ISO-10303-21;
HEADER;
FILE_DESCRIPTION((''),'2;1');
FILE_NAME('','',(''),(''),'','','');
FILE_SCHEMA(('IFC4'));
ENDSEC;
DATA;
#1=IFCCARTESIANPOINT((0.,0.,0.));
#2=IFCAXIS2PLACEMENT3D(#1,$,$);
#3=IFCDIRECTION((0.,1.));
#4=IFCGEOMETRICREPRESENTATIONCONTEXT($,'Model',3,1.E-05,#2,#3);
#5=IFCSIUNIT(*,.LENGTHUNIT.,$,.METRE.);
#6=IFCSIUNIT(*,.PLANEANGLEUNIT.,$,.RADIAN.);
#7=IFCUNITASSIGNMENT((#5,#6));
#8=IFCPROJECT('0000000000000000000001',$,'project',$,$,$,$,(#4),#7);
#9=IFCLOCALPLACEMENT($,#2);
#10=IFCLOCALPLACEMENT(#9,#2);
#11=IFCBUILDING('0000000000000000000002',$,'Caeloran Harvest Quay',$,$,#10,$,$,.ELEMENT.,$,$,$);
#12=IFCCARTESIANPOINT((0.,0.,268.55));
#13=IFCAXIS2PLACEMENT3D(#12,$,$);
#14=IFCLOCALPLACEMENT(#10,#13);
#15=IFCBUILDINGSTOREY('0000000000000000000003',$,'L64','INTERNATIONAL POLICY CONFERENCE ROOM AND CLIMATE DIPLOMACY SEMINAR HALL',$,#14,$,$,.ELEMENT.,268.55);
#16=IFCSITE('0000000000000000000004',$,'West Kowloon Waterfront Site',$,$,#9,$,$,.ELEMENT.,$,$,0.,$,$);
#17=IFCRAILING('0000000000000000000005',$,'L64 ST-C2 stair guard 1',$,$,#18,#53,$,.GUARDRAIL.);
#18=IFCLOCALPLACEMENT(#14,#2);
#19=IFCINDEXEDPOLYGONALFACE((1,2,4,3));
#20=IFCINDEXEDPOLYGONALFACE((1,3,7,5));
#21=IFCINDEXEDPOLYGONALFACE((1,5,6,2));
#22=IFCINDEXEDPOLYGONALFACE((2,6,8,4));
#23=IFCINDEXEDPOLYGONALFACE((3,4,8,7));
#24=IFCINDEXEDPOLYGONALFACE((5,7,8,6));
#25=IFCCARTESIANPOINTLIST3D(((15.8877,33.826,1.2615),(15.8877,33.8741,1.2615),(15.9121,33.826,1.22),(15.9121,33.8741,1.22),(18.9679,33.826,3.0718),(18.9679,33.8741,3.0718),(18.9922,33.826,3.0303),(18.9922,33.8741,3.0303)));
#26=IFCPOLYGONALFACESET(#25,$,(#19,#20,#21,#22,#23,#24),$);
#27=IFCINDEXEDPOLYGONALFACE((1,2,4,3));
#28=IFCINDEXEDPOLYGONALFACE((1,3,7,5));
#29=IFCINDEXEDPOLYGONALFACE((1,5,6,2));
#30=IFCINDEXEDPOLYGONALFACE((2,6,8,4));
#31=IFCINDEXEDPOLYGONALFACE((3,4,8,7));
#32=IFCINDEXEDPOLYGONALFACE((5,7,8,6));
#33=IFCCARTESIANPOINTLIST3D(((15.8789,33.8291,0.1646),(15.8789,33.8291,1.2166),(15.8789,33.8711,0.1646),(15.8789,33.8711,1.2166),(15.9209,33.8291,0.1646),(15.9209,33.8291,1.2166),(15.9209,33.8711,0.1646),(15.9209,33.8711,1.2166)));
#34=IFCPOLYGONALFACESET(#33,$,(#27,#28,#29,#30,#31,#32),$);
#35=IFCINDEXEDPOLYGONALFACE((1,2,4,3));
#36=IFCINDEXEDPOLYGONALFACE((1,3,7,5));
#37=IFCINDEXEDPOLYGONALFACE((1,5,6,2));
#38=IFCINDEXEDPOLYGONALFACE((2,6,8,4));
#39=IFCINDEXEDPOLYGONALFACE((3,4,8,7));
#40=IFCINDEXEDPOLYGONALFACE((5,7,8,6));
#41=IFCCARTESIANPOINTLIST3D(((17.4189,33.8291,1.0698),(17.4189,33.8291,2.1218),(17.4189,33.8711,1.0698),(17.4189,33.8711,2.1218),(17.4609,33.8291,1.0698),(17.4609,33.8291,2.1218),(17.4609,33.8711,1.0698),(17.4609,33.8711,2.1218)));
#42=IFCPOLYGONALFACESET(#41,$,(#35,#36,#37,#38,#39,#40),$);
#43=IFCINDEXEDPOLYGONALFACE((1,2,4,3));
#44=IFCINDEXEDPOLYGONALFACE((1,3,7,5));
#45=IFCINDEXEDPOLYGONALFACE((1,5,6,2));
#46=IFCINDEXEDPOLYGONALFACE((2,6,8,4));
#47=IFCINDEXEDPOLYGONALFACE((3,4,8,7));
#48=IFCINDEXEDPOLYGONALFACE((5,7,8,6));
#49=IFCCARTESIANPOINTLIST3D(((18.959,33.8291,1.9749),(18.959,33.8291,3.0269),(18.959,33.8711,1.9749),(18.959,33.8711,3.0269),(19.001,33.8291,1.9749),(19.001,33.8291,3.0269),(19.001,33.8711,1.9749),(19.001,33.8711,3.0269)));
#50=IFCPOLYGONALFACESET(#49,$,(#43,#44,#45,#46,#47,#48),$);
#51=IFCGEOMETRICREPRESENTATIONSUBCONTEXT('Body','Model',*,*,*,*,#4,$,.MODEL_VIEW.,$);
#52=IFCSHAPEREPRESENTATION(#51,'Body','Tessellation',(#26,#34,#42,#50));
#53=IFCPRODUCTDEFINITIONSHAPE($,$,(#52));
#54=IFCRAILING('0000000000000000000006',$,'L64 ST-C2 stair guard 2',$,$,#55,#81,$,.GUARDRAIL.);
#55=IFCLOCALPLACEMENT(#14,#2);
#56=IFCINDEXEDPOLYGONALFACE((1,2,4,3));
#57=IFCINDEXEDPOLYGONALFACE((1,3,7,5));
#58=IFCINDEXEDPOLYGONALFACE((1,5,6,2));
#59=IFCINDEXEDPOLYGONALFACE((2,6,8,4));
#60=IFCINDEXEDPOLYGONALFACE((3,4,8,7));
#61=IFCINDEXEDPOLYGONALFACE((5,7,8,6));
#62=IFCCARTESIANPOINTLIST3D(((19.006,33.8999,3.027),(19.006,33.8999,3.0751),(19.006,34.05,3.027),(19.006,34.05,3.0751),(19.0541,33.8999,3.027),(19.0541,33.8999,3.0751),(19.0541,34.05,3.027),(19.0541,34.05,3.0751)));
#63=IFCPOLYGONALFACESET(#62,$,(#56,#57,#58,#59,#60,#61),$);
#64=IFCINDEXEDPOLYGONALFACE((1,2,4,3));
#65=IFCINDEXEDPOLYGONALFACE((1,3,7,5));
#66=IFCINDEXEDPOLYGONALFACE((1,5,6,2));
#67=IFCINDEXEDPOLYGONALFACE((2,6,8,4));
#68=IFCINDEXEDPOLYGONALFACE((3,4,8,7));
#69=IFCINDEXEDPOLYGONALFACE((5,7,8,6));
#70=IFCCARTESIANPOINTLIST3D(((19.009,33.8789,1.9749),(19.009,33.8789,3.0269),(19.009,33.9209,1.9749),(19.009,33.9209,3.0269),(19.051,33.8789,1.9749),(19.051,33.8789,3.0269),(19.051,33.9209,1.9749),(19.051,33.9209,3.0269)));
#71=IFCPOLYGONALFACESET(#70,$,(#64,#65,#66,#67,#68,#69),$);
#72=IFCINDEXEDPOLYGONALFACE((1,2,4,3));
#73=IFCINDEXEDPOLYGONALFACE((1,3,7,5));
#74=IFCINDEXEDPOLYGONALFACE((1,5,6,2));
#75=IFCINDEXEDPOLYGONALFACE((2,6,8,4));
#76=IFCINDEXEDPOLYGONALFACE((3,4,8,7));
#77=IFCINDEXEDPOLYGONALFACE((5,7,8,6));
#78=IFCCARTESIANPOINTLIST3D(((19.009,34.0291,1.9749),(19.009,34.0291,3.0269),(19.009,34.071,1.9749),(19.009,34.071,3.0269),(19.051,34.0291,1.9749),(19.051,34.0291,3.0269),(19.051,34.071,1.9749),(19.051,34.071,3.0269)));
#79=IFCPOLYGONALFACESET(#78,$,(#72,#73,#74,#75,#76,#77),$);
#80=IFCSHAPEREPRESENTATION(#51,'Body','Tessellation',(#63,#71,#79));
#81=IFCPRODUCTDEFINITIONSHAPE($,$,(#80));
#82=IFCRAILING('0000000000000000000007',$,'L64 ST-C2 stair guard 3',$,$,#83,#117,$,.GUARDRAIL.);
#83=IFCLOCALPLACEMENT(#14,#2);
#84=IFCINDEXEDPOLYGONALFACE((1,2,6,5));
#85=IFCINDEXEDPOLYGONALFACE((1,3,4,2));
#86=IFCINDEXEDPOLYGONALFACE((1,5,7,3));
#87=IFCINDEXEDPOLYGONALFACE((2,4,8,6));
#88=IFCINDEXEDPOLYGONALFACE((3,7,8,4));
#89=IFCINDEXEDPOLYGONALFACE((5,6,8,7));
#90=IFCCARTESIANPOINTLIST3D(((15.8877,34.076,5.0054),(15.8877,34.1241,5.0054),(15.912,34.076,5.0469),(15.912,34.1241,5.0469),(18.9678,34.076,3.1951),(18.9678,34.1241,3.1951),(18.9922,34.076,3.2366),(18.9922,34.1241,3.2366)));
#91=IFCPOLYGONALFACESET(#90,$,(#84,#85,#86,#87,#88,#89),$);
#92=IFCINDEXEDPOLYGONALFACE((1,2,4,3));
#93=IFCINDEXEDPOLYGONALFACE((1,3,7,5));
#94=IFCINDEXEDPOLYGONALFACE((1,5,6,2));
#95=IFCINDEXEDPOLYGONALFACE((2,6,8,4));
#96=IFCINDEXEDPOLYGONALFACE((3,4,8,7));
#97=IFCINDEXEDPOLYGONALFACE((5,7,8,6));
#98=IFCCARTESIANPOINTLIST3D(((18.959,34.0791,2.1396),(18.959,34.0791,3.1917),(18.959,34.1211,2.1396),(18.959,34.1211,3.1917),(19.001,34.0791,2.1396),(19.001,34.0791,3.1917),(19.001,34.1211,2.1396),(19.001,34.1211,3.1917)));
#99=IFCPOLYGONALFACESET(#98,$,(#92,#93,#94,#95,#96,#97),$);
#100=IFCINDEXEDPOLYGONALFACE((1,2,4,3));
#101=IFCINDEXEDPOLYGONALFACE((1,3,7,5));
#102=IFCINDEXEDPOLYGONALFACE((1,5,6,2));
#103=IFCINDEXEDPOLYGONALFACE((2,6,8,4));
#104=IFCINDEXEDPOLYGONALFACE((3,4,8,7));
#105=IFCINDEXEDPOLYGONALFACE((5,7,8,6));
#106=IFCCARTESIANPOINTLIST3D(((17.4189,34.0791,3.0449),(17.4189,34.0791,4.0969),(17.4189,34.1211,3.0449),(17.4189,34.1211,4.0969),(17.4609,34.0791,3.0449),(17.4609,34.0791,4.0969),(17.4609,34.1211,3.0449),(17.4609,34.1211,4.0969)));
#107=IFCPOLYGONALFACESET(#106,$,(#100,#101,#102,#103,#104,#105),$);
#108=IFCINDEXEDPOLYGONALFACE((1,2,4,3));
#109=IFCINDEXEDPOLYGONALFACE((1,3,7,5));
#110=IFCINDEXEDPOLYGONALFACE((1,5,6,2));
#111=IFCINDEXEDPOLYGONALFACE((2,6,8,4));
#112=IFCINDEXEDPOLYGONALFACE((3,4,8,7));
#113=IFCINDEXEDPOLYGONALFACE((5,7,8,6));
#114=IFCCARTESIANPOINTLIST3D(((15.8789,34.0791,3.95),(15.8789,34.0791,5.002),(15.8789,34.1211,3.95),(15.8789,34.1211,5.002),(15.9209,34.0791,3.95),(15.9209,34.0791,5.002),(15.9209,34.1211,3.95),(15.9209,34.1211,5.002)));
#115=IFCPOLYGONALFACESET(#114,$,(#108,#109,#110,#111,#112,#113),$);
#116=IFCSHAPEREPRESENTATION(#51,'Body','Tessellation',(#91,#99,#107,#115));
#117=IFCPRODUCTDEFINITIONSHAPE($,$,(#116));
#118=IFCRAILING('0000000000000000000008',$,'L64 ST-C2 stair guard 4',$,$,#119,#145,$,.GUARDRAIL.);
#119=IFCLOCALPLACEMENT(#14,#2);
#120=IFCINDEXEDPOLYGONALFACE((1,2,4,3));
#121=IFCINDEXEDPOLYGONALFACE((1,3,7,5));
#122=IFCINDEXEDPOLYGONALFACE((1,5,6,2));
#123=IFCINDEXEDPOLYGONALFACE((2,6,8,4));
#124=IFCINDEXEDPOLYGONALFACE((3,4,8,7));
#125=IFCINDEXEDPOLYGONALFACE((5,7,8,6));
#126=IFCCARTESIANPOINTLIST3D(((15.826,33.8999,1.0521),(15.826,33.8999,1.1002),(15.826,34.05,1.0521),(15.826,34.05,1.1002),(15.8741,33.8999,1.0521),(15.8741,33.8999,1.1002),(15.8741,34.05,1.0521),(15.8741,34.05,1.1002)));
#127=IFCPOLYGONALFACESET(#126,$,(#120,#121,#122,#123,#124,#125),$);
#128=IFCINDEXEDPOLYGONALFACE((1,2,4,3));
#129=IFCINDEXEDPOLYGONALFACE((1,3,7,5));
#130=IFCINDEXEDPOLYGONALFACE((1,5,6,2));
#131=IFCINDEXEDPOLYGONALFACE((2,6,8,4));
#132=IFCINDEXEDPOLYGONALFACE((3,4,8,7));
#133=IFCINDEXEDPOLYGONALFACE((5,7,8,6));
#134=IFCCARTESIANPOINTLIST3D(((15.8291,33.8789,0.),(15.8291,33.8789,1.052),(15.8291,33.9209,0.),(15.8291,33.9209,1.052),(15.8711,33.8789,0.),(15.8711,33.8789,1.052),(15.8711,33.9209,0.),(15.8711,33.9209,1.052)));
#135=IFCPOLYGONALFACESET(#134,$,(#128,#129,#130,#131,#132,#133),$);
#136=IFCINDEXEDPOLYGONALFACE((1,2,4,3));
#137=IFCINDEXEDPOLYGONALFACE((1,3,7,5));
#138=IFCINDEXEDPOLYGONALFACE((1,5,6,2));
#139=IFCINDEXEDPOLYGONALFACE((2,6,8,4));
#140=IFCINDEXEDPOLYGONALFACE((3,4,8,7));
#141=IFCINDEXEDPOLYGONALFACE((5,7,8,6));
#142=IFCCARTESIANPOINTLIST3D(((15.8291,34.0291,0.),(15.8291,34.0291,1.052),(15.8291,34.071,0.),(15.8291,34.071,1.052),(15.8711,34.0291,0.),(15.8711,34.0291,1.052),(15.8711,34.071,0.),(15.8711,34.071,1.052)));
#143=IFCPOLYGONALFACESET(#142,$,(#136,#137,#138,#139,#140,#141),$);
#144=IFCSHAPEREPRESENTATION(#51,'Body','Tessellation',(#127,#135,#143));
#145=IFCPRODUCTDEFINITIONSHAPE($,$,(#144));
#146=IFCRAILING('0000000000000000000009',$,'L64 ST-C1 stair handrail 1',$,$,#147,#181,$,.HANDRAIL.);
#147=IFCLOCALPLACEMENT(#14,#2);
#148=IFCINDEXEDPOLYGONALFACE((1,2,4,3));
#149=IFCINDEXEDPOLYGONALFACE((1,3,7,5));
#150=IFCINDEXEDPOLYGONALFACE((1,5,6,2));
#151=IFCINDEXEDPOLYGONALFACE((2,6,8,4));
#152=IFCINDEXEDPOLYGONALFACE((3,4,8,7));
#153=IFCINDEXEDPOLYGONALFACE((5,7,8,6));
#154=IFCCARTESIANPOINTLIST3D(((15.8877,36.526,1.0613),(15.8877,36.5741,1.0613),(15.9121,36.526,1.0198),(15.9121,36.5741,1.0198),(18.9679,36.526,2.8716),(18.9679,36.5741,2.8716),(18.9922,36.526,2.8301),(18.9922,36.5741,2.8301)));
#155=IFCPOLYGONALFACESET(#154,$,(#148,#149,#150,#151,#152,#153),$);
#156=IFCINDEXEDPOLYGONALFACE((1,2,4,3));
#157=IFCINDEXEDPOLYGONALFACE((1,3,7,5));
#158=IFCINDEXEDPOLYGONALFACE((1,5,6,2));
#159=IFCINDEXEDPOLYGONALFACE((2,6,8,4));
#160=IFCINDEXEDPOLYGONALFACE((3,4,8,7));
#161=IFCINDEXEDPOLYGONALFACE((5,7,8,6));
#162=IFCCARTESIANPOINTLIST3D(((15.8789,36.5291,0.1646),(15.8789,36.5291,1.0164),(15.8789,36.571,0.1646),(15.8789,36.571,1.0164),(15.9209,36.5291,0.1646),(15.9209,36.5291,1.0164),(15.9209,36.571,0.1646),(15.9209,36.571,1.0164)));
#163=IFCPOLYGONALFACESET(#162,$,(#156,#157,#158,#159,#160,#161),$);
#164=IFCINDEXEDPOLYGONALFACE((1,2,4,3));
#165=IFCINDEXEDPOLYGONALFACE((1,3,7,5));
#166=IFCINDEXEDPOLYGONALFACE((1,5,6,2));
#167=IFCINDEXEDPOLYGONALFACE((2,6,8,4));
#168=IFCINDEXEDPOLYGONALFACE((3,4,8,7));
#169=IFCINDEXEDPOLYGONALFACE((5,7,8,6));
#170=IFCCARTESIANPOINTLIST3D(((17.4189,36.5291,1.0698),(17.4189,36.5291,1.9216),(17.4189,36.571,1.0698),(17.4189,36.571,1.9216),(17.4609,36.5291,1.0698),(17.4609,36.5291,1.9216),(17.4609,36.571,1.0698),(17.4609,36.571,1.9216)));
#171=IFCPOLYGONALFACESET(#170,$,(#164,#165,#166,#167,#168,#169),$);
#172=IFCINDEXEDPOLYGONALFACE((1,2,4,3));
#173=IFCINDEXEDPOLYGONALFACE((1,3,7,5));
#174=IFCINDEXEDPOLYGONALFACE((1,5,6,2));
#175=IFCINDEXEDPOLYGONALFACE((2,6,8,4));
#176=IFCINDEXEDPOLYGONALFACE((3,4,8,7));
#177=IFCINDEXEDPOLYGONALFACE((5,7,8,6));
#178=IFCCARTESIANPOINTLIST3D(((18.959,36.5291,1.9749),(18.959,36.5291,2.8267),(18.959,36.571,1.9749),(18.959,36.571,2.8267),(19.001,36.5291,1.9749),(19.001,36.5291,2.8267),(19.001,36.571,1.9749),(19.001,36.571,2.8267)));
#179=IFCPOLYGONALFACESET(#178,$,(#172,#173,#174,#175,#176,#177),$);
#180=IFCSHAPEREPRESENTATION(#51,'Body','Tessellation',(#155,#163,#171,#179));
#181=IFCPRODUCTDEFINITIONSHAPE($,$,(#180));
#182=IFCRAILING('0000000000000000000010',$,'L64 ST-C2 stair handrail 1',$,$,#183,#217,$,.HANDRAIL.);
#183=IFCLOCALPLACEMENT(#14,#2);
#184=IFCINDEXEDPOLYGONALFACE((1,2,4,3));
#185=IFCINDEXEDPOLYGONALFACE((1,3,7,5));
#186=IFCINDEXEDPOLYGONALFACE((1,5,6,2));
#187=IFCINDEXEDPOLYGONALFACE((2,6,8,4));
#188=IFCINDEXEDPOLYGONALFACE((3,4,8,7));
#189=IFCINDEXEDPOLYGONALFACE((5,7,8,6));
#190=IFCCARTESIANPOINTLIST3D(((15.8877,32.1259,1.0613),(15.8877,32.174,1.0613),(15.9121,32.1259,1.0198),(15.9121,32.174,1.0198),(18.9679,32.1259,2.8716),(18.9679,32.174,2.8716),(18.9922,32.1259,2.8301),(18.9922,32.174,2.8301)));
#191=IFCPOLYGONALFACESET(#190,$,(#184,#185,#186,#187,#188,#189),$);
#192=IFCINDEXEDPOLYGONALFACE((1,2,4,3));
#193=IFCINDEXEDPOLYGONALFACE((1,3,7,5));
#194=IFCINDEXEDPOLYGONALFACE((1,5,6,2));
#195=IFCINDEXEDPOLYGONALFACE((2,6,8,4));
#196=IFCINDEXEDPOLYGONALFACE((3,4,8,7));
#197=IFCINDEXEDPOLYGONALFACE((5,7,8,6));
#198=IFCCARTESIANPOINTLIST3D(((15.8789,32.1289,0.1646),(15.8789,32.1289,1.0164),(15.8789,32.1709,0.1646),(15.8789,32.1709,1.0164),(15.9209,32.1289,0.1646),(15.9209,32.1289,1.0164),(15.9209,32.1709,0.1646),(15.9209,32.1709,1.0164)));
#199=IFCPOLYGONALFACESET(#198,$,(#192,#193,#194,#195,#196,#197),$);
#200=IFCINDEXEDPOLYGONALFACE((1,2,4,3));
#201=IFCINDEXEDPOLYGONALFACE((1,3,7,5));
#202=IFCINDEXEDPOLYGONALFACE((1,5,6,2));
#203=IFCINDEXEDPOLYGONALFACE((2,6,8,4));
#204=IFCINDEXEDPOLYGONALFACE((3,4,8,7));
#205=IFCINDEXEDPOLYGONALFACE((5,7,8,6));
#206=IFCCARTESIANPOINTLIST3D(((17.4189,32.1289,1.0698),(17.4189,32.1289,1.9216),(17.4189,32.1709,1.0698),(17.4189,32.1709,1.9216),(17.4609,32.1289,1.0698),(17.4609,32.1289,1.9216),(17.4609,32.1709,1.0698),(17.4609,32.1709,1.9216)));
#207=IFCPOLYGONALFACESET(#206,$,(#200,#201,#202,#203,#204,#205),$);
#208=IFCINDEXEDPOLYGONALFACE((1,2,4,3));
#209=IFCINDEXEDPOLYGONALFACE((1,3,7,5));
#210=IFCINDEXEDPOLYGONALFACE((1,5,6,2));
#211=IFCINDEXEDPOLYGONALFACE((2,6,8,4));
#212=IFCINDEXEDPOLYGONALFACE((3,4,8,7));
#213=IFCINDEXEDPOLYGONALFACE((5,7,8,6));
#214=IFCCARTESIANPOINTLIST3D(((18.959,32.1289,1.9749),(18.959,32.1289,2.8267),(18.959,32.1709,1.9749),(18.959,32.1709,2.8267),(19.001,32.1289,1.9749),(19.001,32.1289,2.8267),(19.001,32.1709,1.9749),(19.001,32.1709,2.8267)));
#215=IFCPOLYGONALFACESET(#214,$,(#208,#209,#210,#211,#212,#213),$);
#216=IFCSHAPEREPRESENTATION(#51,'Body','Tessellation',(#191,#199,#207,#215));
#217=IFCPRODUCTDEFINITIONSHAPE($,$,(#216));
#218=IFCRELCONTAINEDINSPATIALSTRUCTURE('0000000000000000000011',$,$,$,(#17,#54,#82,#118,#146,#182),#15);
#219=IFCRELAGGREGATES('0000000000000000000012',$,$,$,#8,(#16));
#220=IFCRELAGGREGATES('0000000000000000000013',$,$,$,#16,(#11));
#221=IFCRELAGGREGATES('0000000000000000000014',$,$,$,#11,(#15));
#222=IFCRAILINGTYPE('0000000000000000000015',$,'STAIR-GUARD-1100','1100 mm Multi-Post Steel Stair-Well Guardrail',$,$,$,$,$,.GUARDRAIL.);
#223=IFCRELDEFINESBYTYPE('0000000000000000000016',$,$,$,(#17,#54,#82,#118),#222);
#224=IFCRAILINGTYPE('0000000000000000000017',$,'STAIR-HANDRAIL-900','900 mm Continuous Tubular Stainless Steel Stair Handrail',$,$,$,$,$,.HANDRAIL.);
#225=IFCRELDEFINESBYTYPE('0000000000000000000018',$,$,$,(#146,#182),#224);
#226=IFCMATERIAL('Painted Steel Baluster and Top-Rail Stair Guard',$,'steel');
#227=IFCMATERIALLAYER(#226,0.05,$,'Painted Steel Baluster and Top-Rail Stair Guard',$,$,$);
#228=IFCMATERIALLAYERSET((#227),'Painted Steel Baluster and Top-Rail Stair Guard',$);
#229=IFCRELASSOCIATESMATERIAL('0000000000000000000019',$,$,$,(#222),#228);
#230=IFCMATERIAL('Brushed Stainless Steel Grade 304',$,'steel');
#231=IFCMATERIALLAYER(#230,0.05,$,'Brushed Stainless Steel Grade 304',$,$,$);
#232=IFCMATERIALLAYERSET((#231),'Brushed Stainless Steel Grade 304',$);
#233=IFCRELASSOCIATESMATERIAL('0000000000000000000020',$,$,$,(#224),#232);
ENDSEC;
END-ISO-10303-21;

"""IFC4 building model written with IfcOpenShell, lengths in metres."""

from ifc_helpers import new_model, si_unit, direction, frame, origin, origin_2d, place, context, subcontext, project, spatial, rectangle, extrude, material, layer, layer_set, type_object, element, save


model = new_model("IFC4")

# Units and contexts
model_context = context("Model", 3, precision=1e-05, world=origin(), true_north=direction((0.0, 1.0)))
body_context = subcontext(model_context, "Body", "Model", "MODEL_VIEW")
ifc_project = project(units=[si_unit("LENGTHUNIT", "METRE"), si_unit("PLANEANGLEUNIT", "RADIAN")], contexts=[model_context])

# Site, building, storey
site_placement = place(None, origin())
site = spatial("IfcSite", under=ifc_project, at=site_placement, Name="West Kowloon Waterfront Site", CompositionType="ELEMENT", RefElevation=0.0)
building_placement = place(site_placement, origin())
building = spatial("IfcBuilding", under=site, at=building_placement, Name="Caeloran Harvest Quay", CompositionType="ELEMENT")
storey_placement = place(building_placement, frame((0.0, 0.0, 268.55)))
storey = spatial("IfcBuildingStorey", under=building, at=storey_placement, Name="L64", Description="INTERNATIONAL POLICY CONFERENCE ROOM AND CLIMATE DIPLOMACY SEMINAR HALL", CompositionType="ELEMENT", Elevation=268.55)

# Railings
ifc_material_1 = material(Name="Painted Steel Baluster and Top-Rail Stair Guard", Category="steel")
ifc_layer_1 = layer(ifc_material_1, 0.05, Name="Painted Steel Baluster and Top-Rail Stair Guard")
ifc_layer_set_1 = layer_set([ifc_layer_1], Name="Painted Steel Baluster and Top-Rail Stair Guard")
railing_type_1 = type_object("IfcRailingType", Name="STAIR-GUARD-1100", Description="1100 mm Multi-Post Steel Stair-Well Guardrail", PredefinedType="GUARDRAIL", material=ifc_layer_set_1)
railing_1_placement = place(storey_placement, frame((15.8999, 33.8501, 0.1646)))
element("IfcRailing", 1, at=railing_1_placement, inside=storey, type_object=railing_type_1, Name="L64 ST-C2 stair guard 1", PredefinedType="GUARDRAIL", context=body_context, shape_type="SweptSolid", body=[
    extrude(rectangle(XDim=0.0481, YDim=0.0481, at=origin_2d()), frame((0.0, 0.0, 1.0762), z_axis=(0.862119, 0.0, 0.506707), x_axis=(0.0, 1.0, 0.0)), (0.0, 0.0, 1.0), 3.5728),
    extrude(rectangle(XDim=0.042, YDim=0.042, at=origin_2d()), origin(), (0.0, 0.0, 1.0), 1.052),
    extrude(rectangle(XDim=0.042, YDim=0.042, at=origin_2d()), frame((1.54, 0.0, 0.9053)), (0.0, 0.0, 1.0), 1.052),
    extrude(rectangle(XDim=0.042, YDim=0.042, at=origin_2d()), frame((3.0801, 0.0, 1.8103)), (0.0, 0.0, 1.0), 1.052),
])
railing_2_placement = place(storey_placement, frame((19.03, 33.8999, 1.9749)))
element("IfcRailing", 2, at=railing_2_placement, inside=storey, type_object=railing_type_1, Name="L64 ST-C2 stair guard 2", PredefinedType="GUARDRAIL", context=body_context, shape_type="SweptSolid", body=[
    extrude(rectangle(XDim=0.0481, YDim=0.0481, at=origin_2d()), frame((0.0, 0.0, 1.0762), z_axis=(0.0, 1.0, 0.0), x_axis=(-1.0, 0.0, 0.0)), (0.0, 0.0, 1.0), 0.1501),
    extrude(rectangle(XDim=0.042, YDim=0.042, at=origin_2d()), origin(), (0.0, 0.0, 1.0), 1.052),
    extrude(rectangle(XDim=0.042, YDim=0.042, at=origin_2d()), frame((0.0, 0.1501, 0.0)), (0.0, 0.0, 1.0), 1.052),
])
railing_3_placement = place(storey_placement, frame((18.98, 34.1001, 2.1396)))
element("IfcRailing", 3, at=railing_3_placement, inside=storey, type_object=railing_type_1, Name="L64 ST-C2 stair guard 3", PredefinedType="GUARDRAIL", context=body_context, shape_type="SweptSolid", body=[
    extrude(rectangle(XDim=0.0481, YDim=0.0481, at=origin_2d()), frame((0.0, 0.0, 1.0762), z_axis=(-0.862119, 0.0, 0.506707), x_axis=(0.0, -1.0, 0.0)), (0.0, 0.0, 1.0), 3.5728),
    extrude(rectangle(XDim=0.042, YDim=0.042, at=origin_2d()), origin(), (0.0, 0.0, 1.0), 1.052),
    extrude(rectangle(XDim=0.042, YDim=0.042, at=origin_2d()), frame((-1.54, 0.0, 0.9053)), (0.0, 0.0, 1.0), 1.052),
    extrude(rectangle(XDim=0.042, YDim=0.042, at=origin_2d()), frame((-3.0801, 0.0, 1.8103)), (0.0, 0.0, 1.0), 1.052),
])
railing_4_placement = place(storey_placement, frame((15.8501, 33.8999, 0.0)))
element("IfcRailing", 4, at=railing_4_placement, inside=storey, type_object=railing_type_1, Name="L64 ST-C2 stair guard 4", PredefinedType="GUARDRAIL", context=body_context, shape_type="SweptSolid", body=[
    extrude(rectangle(XDim=0.0481, YDim=0.0481, at=origin_2d()), frame((0.0, 0.0, 1.0762), z_axis=(0.0, 1.0, 0.0), x_axis=(-1.0, 0.0, 0.0)), (0.0, 0.0, 1.0), 0.1501),
    extrude(rectangle(XDim=0.042, YDim=0.042, at=origin_2d()), origin(), (0.0, 0.0, 1.0), 1.052),
    extrude(rectangle(XDim=0.042, YDim=0.042, at=origin_2d()), frame((0.0, 0.1501, 0.0)), (0.0, 0.0, 1.0), 1.052),
])
ifc_material_2 = material(Name="Brushed Stainless Steel Grade 304", Category="steel")
ifc_layer_2 = layer(ifc_material_2, 0.05, Name="Brushed Stainless Steel Grade 304")
ifc_layer_set_2 = layer_set([ifc_layer_2], Name="Brushed Stainless Steel Grade 304")
railing_type_2 = type_object("IfcRailingType", Name="STAIR-HANDRAIL-900", Description="900 mm Continuous Tubular Stainless Steel Stair Handrail", PredefinedType="HANDRAIL", material=ifc_layer_set_2)
for number, where, name in (
    (5, (15.8999, 36.55, 0.1646), "L64 ST-C1 stair handrail 1"),
    (6, (15.8999, 32.1499, 0.1646), "L64 ST-C2 stair handrail 1"),
):
    element("IfcRailing", number, at=place(storey_placement, frame(where)), inside=storey, type_object=railing_type_2, Name=name, PredefinedType="HANDRAIL", context=body_context, shape_type="SweptSolid", body=[
        extrude(rectangle(XDim=0.0481, YDim=0.0481, at=origin_2d()), frame((0.0, 0.0, 0.876), z_axis=(0.862119, 0.0, 0.506707), x_axis=(0.0, 1.0, 0.0)), (0.0, 0.0, 1.0), 3.5728),
        extrude(rectangle(XDim=0.042, YDim=0.042, at=origin_2d()), origin(), (0.0, 0.0, 1.0), 0.8518),
        extrude(rectangle(XDim=0.042, YDim=0.042, at=origin_2d()), frame((1.54, 0.0, 0.9053)), (0.0, 0.0, 1.0), 0.8518),
        extrude(rectangle(XDim=0.042, YDim=0.042, at=origin_2d()), frame((3.0801, 0.0, 1.8103)), (0.0, 0.0, 1.0), 0.8518),
    ])

save(model, "model.ifc")
